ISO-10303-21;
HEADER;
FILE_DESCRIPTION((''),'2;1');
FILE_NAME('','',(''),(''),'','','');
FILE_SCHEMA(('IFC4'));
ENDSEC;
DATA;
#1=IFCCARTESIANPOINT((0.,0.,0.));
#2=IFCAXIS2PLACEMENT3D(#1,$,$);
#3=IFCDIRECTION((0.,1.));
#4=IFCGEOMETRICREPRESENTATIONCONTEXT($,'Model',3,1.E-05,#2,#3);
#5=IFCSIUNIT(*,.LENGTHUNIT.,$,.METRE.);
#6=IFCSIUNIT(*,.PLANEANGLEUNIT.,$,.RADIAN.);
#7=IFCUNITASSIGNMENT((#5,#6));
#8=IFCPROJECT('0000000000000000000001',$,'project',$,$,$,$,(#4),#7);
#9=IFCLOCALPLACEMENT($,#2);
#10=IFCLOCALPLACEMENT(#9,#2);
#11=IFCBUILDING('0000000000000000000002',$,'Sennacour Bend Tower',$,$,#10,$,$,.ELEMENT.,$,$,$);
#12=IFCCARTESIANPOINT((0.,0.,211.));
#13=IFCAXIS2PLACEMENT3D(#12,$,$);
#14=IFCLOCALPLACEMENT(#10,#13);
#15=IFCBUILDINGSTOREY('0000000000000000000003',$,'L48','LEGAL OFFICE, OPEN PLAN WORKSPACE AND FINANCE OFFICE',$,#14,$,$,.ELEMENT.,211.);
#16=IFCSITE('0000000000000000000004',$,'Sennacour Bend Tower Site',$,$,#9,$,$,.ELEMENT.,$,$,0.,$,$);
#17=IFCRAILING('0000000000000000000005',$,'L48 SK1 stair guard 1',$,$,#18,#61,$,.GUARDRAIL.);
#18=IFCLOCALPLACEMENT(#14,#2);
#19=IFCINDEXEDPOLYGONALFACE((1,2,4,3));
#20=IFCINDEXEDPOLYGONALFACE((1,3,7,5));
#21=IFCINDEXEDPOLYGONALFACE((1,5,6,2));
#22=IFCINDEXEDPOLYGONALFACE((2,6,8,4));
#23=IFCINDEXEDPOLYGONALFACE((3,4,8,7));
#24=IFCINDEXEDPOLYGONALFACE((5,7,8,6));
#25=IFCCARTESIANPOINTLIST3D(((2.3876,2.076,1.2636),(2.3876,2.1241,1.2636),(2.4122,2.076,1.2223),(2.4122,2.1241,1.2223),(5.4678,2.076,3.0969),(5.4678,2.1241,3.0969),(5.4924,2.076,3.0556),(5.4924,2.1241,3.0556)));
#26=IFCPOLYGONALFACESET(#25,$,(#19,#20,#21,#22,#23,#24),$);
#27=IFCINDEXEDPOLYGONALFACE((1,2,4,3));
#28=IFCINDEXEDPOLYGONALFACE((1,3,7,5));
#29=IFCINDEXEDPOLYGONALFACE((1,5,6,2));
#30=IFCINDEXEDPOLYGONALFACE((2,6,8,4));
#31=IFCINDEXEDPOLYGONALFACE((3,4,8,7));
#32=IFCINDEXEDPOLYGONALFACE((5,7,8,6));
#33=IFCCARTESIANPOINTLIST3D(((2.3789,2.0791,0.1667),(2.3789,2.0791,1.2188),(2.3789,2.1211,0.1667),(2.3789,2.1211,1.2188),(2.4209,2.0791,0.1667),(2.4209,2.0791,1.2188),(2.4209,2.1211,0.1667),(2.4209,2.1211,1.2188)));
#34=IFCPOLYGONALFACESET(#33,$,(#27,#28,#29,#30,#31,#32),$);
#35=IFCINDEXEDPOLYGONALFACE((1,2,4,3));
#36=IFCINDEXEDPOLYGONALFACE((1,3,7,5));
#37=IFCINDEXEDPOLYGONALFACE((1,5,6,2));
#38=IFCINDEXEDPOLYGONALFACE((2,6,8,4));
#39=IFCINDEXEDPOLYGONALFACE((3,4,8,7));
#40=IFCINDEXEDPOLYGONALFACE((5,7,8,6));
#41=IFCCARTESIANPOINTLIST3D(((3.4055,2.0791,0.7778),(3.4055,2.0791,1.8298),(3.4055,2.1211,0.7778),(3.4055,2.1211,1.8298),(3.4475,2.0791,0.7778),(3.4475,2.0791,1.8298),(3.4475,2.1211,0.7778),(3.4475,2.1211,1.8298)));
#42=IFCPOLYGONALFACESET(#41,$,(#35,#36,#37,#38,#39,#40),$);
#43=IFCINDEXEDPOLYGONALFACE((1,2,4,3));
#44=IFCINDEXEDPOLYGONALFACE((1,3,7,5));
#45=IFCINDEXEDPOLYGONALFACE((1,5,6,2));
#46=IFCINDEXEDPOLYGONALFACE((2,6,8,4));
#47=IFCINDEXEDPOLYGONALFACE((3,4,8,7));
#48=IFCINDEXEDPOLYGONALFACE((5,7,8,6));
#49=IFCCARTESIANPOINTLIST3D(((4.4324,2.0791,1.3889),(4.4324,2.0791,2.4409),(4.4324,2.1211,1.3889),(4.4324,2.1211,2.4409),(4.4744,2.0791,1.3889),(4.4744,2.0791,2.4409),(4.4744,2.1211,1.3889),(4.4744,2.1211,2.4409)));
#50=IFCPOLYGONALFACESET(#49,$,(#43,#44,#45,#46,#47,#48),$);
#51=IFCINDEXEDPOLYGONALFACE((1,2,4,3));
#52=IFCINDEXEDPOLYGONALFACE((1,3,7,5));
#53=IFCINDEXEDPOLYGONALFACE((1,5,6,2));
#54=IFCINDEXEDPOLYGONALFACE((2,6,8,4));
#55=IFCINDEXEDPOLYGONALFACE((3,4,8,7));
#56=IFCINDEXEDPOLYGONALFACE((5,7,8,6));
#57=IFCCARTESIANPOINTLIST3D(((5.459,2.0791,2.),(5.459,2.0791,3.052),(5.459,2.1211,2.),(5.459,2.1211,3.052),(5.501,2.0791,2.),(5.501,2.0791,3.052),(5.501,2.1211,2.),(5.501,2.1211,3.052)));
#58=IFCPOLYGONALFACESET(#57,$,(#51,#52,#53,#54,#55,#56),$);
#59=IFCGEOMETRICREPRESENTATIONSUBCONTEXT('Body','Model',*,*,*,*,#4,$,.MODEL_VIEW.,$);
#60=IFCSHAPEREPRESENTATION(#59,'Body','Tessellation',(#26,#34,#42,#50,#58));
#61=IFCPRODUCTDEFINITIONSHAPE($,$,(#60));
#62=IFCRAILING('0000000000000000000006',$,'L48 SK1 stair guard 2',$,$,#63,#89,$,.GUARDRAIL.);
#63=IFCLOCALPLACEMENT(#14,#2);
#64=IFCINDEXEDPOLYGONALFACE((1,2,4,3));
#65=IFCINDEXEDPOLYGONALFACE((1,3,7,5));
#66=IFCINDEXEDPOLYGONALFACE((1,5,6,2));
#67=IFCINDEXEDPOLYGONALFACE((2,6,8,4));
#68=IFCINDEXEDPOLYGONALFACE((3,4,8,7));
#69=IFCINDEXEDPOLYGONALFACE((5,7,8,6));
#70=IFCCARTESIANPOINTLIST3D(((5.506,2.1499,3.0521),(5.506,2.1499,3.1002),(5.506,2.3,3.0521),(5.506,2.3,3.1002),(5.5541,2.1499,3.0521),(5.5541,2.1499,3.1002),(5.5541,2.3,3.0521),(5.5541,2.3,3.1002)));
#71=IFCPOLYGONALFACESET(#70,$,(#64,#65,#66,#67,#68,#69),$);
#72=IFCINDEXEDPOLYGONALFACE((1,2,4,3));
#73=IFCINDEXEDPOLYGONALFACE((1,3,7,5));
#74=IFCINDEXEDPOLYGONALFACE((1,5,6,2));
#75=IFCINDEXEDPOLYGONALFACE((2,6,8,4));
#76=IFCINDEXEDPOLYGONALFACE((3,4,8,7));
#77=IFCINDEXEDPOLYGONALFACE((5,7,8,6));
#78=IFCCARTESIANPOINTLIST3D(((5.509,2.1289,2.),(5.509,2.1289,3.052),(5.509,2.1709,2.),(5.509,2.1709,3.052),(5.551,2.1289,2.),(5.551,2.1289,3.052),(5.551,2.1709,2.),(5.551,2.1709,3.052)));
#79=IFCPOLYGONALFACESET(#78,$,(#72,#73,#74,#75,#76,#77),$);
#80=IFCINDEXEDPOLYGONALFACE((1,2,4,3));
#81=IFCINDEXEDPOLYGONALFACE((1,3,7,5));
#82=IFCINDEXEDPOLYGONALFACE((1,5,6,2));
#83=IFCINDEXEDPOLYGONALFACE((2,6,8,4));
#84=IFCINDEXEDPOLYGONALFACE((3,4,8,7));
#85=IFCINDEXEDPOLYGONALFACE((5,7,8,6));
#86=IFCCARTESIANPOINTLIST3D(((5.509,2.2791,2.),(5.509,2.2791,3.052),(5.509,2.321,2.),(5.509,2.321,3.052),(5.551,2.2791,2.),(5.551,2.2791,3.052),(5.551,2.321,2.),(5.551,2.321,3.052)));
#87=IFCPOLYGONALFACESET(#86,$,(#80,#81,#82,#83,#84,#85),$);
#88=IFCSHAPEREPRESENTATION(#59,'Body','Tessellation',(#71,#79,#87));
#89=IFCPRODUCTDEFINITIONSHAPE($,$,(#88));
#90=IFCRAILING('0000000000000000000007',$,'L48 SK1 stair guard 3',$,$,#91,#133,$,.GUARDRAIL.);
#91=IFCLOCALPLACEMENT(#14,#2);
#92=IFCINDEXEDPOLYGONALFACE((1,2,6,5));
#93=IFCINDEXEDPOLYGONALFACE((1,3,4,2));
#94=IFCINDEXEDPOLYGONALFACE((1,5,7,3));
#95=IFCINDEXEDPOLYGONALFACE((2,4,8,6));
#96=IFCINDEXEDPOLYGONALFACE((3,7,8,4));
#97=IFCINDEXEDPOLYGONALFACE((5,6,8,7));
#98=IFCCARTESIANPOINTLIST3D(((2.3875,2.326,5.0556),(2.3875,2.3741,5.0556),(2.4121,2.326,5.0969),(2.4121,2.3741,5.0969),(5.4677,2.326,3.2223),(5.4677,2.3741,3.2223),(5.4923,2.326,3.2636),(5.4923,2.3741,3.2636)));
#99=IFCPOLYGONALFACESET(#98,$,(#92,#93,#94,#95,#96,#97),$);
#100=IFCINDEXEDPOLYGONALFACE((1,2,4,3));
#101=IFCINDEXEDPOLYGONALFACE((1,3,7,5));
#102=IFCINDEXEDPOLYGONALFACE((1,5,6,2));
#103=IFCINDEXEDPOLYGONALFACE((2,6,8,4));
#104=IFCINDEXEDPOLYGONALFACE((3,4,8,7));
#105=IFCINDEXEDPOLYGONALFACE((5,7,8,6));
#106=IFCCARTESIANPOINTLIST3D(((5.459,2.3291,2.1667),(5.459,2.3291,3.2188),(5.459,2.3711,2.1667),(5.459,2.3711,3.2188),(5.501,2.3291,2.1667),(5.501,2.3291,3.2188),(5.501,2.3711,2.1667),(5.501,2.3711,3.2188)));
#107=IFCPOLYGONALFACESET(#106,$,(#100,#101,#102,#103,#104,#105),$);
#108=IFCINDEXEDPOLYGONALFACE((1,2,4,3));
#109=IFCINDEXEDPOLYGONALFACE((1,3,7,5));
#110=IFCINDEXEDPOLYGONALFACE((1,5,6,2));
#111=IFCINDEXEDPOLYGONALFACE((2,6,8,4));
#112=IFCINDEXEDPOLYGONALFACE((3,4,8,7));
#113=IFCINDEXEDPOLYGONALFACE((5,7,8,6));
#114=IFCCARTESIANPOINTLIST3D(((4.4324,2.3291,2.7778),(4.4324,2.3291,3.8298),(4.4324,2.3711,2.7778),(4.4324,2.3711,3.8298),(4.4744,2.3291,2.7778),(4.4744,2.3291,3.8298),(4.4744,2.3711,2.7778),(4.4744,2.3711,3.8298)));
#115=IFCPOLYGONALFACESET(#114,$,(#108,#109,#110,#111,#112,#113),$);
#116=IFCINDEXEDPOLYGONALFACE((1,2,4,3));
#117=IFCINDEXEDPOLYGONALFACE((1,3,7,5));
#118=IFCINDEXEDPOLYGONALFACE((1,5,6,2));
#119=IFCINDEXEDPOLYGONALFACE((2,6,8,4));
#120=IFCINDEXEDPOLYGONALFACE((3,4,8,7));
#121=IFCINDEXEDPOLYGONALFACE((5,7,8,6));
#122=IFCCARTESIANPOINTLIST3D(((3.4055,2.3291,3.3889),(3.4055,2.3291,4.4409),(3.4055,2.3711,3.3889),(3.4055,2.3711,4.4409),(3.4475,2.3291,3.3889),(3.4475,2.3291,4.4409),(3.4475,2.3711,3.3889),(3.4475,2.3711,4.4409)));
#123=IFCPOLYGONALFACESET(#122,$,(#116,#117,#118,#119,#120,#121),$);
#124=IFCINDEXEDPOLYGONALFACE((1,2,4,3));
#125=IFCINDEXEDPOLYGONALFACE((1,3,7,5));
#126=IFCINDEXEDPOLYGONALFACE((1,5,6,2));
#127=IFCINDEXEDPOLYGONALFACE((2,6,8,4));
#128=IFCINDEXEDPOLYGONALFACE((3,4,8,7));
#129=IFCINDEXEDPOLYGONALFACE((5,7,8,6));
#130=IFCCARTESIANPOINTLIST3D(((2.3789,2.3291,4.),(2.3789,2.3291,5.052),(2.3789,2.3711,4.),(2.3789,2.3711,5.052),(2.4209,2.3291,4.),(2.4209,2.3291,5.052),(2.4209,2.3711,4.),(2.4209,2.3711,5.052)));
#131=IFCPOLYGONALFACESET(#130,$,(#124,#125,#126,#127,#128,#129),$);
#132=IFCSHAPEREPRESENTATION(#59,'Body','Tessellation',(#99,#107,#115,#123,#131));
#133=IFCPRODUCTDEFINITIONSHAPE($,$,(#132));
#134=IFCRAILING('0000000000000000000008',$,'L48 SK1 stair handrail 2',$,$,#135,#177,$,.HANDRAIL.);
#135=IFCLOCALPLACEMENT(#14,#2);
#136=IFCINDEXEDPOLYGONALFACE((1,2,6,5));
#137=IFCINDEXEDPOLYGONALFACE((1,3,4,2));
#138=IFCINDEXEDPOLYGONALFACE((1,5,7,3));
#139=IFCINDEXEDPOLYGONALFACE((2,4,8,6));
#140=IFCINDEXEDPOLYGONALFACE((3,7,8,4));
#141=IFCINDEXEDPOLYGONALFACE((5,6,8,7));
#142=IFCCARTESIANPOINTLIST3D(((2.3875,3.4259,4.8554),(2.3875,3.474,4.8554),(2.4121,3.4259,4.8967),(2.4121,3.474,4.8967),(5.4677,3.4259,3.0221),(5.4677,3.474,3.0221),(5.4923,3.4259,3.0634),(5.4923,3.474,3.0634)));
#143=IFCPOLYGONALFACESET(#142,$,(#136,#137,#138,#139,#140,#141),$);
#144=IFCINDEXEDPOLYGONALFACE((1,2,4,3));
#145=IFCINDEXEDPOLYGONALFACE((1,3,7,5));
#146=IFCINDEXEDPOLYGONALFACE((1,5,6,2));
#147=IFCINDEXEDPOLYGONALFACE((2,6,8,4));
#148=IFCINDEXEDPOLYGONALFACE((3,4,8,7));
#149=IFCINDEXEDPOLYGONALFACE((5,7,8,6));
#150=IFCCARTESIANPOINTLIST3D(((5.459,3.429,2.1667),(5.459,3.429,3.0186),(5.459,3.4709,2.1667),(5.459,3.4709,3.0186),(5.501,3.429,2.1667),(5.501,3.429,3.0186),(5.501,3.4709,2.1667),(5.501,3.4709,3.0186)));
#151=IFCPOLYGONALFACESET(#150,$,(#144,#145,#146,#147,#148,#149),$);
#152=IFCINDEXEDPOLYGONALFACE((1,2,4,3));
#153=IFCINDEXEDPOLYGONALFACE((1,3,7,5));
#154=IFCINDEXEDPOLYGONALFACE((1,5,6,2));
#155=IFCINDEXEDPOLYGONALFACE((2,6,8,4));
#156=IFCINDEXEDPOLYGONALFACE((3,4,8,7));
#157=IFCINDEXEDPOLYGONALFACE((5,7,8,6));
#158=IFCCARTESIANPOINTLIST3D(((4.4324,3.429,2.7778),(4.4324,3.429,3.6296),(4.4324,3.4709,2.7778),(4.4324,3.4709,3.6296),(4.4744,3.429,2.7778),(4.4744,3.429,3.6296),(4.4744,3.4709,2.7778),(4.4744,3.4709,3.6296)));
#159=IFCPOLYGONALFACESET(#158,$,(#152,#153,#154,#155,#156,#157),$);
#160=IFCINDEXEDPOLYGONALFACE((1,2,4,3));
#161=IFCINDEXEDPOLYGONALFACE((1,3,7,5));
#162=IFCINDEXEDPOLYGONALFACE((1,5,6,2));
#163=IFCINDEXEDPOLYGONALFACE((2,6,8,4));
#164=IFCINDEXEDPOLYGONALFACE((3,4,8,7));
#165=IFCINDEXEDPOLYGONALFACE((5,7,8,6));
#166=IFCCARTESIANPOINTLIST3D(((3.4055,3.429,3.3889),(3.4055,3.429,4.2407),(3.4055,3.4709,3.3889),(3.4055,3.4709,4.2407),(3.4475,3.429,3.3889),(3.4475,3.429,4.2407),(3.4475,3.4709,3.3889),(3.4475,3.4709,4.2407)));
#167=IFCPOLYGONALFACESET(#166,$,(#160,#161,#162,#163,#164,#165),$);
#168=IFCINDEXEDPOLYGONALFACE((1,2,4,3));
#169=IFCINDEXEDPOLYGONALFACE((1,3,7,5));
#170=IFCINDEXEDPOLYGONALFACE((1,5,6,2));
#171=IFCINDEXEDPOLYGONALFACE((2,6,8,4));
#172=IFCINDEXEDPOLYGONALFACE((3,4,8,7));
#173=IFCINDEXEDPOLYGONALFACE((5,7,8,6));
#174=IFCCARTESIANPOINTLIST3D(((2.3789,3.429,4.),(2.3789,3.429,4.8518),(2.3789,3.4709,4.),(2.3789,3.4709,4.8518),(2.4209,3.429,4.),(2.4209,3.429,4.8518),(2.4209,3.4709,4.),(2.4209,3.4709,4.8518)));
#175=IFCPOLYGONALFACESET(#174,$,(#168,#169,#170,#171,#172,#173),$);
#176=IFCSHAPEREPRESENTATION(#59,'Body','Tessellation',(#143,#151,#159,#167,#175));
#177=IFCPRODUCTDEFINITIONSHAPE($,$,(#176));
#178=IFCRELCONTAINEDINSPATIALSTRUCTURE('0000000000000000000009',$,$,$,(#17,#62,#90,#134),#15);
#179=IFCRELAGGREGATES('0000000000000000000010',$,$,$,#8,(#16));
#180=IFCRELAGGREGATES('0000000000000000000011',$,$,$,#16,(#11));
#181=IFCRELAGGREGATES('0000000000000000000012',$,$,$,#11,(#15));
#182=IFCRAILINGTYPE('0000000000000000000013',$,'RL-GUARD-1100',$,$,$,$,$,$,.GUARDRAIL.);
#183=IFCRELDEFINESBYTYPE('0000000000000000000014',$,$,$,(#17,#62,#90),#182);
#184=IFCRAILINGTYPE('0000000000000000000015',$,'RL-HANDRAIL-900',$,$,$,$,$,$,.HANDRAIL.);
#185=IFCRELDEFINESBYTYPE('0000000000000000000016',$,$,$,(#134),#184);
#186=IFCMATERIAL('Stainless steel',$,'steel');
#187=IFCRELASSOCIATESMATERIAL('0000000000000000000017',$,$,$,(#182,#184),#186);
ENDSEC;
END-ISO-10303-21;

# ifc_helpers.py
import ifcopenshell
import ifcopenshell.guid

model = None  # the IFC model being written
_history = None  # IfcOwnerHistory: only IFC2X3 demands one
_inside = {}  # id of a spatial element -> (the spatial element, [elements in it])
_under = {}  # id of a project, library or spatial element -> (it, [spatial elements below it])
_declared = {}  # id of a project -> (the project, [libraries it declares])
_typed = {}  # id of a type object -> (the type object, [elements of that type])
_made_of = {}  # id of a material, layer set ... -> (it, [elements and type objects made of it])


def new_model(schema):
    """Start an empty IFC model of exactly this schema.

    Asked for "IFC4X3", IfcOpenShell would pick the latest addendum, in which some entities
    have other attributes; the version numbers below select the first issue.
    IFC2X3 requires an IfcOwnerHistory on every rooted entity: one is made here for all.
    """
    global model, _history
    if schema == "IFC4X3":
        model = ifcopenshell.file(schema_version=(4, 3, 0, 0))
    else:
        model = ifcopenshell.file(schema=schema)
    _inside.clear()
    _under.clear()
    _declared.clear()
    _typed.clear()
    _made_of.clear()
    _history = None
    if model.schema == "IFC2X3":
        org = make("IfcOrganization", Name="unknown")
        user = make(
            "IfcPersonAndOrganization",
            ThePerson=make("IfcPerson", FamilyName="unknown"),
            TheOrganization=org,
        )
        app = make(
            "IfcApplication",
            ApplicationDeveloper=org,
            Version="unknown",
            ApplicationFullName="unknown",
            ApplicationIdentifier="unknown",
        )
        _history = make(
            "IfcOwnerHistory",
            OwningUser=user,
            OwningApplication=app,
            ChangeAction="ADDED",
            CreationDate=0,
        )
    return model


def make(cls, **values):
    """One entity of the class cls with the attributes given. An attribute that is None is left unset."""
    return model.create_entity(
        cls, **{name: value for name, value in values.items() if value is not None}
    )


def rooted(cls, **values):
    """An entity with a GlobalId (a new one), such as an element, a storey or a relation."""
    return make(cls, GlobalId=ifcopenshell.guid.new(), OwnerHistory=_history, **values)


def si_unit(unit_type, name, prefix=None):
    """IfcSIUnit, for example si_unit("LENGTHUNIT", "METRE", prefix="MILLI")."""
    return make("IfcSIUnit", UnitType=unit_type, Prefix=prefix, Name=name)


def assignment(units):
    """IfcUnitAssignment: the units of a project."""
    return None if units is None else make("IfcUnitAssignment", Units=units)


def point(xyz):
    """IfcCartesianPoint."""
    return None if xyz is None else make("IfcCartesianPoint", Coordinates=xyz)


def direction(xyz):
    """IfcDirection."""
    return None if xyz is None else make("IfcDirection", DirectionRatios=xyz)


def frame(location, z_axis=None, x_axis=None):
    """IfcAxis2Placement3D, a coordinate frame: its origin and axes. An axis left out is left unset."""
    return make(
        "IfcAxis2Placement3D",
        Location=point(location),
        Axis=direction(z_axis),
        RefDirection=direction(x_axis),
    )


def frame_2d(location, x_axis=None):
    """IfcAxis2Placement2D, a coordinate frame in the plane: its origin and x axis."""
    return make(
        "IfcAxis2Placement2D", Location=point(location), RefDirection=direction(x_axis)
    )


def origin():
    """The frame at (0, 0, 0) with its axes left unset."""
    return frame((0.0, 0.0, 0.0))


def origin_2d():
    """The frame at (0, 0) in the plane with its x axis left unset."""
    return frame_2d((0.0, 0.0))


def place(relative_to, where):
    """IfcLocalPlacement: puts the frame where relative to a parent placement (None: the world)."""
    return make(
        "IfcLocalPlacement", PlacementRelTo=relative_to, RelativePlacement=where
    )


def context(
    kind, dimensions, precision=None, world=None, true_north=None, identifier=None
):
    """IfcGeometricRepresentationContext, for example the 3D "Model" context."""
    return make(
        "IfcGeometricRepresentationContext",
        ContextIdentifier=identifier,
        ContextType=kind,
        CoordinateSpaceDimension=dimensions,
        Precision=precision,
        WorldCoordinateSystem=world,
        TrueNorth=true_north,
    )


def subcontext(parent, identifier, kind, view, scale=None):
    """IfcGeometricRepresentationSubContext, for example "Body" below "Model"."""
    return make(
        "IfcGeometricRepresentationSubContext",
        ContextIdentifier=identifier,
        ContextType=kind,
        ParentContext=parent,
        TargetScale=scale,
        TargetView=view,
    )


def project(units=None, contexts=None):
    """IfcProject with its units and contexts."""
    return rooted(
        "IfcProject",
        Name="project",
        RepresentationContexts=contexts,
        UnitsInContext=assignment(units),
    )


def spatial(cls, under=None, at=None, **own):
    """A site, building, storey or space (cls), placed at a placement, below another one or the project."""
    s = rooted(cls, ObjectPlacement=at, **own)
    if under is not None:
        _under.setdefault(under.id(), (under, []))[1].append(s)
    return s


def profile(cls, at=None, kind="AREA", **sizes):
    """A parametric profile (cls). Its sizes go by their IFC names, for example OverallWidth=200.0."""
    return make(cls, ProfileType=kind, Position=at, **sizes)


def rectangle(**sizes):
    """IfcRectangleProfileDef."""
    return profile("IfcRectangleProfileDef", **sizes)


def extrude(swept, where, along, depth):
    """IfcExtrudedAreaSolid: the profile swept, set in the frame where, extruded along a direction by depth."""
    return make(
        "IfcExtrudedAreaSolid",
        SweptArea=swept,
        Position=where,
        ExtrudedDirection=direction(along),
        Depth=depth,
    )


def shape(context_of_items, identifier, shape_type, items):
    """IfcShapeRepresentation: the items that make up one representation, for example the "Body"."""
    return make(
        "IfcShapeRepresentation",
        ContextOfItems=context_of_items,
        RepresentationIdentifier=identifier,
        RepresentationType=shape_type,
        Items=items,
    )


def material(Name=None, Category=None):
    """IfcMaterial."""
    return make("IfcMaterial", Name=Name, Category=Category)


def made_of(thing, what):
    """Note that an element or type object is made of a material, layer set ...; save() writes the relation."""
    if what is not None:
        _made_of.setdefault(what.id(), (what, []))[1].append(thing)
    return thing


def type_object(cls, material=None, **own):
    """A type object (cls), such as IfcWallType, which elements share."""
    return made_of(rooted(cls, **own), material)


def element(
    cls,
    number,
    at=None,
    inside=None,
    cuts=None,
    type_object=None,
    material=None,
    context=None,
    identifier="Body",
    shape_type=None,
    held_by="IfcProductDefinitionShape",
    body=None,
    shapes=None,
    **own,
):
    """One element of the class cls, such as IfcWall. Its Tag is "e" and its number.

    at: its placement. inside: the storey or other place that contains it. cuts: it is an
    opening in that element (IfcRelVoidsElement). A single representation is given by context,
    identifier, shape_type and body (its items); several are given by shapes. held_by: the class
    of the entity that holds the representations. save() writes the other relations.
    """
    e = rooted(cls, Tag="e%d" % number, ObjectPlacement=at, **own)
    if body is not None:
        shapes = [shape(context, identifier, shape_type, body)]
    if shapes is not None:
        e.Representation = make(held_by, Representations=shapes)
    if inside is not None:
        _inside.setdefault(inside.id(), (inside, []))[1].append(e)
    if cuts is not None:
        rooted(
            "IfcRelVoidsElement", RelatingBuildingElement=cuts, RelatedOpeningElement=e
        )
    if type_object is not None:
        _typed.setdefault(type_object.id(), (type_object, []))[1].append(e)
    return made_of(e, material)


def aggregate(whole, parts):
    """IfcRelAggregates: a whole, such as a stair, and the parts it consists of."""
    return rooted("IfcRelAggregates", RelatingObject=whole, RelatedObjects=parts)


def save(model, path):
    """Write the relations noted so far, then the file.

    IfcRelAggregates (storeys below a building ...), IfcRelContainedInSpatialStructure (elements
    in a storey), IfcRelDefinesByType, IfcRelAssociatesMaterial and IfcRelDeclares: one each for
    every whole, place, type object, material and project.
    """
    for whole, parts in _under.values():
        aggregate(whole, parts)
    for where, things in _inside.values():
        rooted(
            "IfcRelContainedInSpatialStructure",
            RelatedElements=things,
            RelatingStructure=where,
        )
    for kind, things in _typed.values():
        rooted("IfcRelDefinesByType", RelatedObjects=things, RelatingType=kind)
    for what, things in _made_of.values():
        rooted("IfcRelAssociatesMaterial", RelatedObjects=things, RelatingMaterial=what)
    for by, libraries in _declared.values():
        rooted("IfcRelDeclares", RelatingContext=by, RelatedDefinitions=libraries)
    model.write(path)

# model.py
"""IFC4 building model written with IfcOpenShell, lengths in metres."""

from ifc_helpers import new_model, si_unit, direction, frame, origin, origin_2d, place, context, subcontext, project, spatial, rectangle, extrude, material, type_object, element, save


model = new_model("IFC4")

# Units and contexts
model_context = context("Model", 3, precision=1e-05, world=origin(), true_north=direction((0.0, 1.0)))
body_context = subcontext(model_context, "Body", "Model", "MODEL_VIEW")
ifc_project = project(units=[si_unit("LENGTHUNIT", "METRE"), si_unit("PLANEANGLEUNIT", "RADIAN")], contexts=[model_context])

# Site, building, storey
site_placement = place(None, origin())
site = spatial("IfcSite", under=ifc_project, at=site_placement, Name="Sennacour Bend Tower Site", CompositionType="ELEMENT", RefElevation=0.0)
building_placement = place(site_placement, origin())
building = spatial("IfcBuilding", under=site, at=building_placement, Name="Sennacour Bend Tower", CompositionType="ELEMENT")
storey_placement = place(building_placement, frame((0.0, 0.0, 211.0)))
storey = spatial("IfcBuildingStorey", under=building, at=storey_placement, Name="L48", Description="LEGAL OFFICE, OPEN PLAN WORKSPACE AND FINANCE OFFICE", CompositionType="ELEMENT", Elevation=211.0)

# Railings
ifc_material_1 = material(Name="Stainless steel", Category="steel")
railing_type_1 = type_object("IfcRailingType", Name="RL-GUARD-1100", PredefinedType="GUARDRAIL", material=ifc_material_1)
railing_1_placement = place(storey_placement, frame((2.3999, 2.1001, 0.1667)))
element("IfcRailing", 1, at=railing_1_placement, inside=storey, type_object=railing_type_1, Name="L48 SK1 stair guard 1", PredefinedType="GUARDRAIL", context=body_context, shape_type="SweptSolid", body=[
    extrude(rectangle(XDim=0.0481, YDim=0.0481, at=origin_2d()), frame((0.0, 0.0, 1.0762), z_axis=(0.859309, 0.0, 0.511458), x_axis=(0.0, 1.0, 0.0)), (0.0, 0.0, 1.0), 3.5845),
    extrude(rectangle(XDim=0.042, YDim=0.042, at=origin_2d()), origin(), (0.0, 0.0, 1.0), 1.052),
    extrude(rectangle(XDim=0.042, YDim=0.042, at=origin_2d()), frame((1.0266, 0.0, 0.6111)), (0.0, 0.0, 1.0), 1.052),
    extrude(rectangle(XDim=0.042, YDim=0.042, at=origin_2d()), frame((2.0535, 0.0, 1.2222)), (0.0, 0.0, 1.0), 1.052),
    extrude(rectangle(XDim=0.042, YDim=0.042, at=origin_2d()), frame((3.0801, 0.0, 1.8333)), (0.0, 0.0, 1.0), 1.052),
])
railing_2_placement = place(storey_placement, frame((5.53, 2.1499, 2.0)))
element("IfcRailing", 2, at=railing_2_placement, inside=storey, type_object=railing_type_1, Name="L48 SK1 stair guard 2", PredefinedType="GUARDRAIL", context=body_context, shape_type="SweptSolid", body=[
    extrude(rectangle(XDim=0.0481, YDim=0.0481, at=origin_2d()), frame((0.0, 0.0, 1.0762), z_axis=(0.0, 1.0, 0.0), x_axis=(-1.0, 0.0, 0.0)), (0.0, 0.0, 1.0), 0.1501),
    extrude(rectangle(XDim=0.042, YDim=0.042, at=origin_2d()), origin(), (0.0, 0.0, 1.0), 1.052),
    extrude(rectangle(XDim=0.042, YDim=0.042, at=origin_2d()), frame((0.0, 0.1501, 0.0)), (0.0, 0.0, 1.0), 1.052),
])
railing_3_placement = place(storey_placement, frame((5.48, 2.3501, 2.1667)))
element("IfcRailing", 3, at=railing_3_placement, inside=storey, type_object=railing_type_1, Name="L48 SK1 stair guard 3", PredefinedType="GUARDRAIL", context=body_context, shape_type="SweptSolid", body=[
    extrude(rectangle(XDim=0.0481, YDim=0.0481, at=origin_2d()), frame((0.0, 0.0, 1.0762), z_axis=(-0.859309, 0.0, 0.511458), x_axis=(0.0, -1.0, 0.0)), (0.0, 0.0, 1.0), 3.5845),
    extrude(rectangle(XDim=0.042, YDim=0.042, at=origin_2d()), origin(), (0.0, 0.0, 1.0), 1.052),
    extrude(rectangle(XDim=0.042, YDim=0.042, at=origin_2d()), frame((-1.0266, 0.0, 0.6111)), (0.0, 0.0, 1.0), 1.052),
    extrude(rectangle(XDim=0.042, YDim=0.042, at=origin_2d()), frame((-2.0535, 0.0, 1.2222)), (0.0, 0.0, 1.0), 1.052),
    extrude(rectangle(XDim=0.042, YDim=0.042, at=origin_2d()), frame((-3.0801, 0.0, 1.8333)), (0.0, 0.0, 1.0), 1.052),
])
railing_type_2 = type_object("IfcRailingType", Name="RL-HANDRAIL-900", PredefinedType="HANDRAIL", material=ifc_material_1)
railing_4_placement = place(storey_placement, frame((5.48, 3.45, 2.1667)))
element("IfcRailing", 4, at=railing_4_placement, inside=storey, type_object=railing_type_2, Name="L48 SK1 stair handrail 2", PredefinedType="HANDRAIL", context=body_context, shape_type="SweptSolid", body=[
    extrude(rectangle(XDim=0.0481, YDim=0.0481, at=origin_2d()), frame((0.0, 0.0, 0.876), z_axis=(-0.859309, 0.0, 0.511458), x_axis=(0.0, -1.0, 0.0)), (0.0, 0.0, 1.0), 3.5845),
    extrude(rectangle(XDim=0.042, YDim=0.042, at=origin_2d()), origin(), (0.0, 0.0, 1.0), 0.8518),
    extrude(rectangle(XDim=0.042, YDim=0.042, at=origin_2d()), frame((-1.0266, 0.0, 0.6111)), (0.0, 0.0, 1.0), 0.8518),
    extrude(rectangle(XDim=0.042, YDim=0.042, at=origin_2d()), frame((-2.0535, 0.0, 1.2222)), (0.0, 0.0, 1.0), 0.8518),
    extrude(rectangle(XDim=0.042, YDim=0.042, at=origin_2d()), frame((-3.0801, 0.0, 1.8333)), (0.0, 0.0, 1.0), 0.8518),
])

save(model, "model.ifc")
